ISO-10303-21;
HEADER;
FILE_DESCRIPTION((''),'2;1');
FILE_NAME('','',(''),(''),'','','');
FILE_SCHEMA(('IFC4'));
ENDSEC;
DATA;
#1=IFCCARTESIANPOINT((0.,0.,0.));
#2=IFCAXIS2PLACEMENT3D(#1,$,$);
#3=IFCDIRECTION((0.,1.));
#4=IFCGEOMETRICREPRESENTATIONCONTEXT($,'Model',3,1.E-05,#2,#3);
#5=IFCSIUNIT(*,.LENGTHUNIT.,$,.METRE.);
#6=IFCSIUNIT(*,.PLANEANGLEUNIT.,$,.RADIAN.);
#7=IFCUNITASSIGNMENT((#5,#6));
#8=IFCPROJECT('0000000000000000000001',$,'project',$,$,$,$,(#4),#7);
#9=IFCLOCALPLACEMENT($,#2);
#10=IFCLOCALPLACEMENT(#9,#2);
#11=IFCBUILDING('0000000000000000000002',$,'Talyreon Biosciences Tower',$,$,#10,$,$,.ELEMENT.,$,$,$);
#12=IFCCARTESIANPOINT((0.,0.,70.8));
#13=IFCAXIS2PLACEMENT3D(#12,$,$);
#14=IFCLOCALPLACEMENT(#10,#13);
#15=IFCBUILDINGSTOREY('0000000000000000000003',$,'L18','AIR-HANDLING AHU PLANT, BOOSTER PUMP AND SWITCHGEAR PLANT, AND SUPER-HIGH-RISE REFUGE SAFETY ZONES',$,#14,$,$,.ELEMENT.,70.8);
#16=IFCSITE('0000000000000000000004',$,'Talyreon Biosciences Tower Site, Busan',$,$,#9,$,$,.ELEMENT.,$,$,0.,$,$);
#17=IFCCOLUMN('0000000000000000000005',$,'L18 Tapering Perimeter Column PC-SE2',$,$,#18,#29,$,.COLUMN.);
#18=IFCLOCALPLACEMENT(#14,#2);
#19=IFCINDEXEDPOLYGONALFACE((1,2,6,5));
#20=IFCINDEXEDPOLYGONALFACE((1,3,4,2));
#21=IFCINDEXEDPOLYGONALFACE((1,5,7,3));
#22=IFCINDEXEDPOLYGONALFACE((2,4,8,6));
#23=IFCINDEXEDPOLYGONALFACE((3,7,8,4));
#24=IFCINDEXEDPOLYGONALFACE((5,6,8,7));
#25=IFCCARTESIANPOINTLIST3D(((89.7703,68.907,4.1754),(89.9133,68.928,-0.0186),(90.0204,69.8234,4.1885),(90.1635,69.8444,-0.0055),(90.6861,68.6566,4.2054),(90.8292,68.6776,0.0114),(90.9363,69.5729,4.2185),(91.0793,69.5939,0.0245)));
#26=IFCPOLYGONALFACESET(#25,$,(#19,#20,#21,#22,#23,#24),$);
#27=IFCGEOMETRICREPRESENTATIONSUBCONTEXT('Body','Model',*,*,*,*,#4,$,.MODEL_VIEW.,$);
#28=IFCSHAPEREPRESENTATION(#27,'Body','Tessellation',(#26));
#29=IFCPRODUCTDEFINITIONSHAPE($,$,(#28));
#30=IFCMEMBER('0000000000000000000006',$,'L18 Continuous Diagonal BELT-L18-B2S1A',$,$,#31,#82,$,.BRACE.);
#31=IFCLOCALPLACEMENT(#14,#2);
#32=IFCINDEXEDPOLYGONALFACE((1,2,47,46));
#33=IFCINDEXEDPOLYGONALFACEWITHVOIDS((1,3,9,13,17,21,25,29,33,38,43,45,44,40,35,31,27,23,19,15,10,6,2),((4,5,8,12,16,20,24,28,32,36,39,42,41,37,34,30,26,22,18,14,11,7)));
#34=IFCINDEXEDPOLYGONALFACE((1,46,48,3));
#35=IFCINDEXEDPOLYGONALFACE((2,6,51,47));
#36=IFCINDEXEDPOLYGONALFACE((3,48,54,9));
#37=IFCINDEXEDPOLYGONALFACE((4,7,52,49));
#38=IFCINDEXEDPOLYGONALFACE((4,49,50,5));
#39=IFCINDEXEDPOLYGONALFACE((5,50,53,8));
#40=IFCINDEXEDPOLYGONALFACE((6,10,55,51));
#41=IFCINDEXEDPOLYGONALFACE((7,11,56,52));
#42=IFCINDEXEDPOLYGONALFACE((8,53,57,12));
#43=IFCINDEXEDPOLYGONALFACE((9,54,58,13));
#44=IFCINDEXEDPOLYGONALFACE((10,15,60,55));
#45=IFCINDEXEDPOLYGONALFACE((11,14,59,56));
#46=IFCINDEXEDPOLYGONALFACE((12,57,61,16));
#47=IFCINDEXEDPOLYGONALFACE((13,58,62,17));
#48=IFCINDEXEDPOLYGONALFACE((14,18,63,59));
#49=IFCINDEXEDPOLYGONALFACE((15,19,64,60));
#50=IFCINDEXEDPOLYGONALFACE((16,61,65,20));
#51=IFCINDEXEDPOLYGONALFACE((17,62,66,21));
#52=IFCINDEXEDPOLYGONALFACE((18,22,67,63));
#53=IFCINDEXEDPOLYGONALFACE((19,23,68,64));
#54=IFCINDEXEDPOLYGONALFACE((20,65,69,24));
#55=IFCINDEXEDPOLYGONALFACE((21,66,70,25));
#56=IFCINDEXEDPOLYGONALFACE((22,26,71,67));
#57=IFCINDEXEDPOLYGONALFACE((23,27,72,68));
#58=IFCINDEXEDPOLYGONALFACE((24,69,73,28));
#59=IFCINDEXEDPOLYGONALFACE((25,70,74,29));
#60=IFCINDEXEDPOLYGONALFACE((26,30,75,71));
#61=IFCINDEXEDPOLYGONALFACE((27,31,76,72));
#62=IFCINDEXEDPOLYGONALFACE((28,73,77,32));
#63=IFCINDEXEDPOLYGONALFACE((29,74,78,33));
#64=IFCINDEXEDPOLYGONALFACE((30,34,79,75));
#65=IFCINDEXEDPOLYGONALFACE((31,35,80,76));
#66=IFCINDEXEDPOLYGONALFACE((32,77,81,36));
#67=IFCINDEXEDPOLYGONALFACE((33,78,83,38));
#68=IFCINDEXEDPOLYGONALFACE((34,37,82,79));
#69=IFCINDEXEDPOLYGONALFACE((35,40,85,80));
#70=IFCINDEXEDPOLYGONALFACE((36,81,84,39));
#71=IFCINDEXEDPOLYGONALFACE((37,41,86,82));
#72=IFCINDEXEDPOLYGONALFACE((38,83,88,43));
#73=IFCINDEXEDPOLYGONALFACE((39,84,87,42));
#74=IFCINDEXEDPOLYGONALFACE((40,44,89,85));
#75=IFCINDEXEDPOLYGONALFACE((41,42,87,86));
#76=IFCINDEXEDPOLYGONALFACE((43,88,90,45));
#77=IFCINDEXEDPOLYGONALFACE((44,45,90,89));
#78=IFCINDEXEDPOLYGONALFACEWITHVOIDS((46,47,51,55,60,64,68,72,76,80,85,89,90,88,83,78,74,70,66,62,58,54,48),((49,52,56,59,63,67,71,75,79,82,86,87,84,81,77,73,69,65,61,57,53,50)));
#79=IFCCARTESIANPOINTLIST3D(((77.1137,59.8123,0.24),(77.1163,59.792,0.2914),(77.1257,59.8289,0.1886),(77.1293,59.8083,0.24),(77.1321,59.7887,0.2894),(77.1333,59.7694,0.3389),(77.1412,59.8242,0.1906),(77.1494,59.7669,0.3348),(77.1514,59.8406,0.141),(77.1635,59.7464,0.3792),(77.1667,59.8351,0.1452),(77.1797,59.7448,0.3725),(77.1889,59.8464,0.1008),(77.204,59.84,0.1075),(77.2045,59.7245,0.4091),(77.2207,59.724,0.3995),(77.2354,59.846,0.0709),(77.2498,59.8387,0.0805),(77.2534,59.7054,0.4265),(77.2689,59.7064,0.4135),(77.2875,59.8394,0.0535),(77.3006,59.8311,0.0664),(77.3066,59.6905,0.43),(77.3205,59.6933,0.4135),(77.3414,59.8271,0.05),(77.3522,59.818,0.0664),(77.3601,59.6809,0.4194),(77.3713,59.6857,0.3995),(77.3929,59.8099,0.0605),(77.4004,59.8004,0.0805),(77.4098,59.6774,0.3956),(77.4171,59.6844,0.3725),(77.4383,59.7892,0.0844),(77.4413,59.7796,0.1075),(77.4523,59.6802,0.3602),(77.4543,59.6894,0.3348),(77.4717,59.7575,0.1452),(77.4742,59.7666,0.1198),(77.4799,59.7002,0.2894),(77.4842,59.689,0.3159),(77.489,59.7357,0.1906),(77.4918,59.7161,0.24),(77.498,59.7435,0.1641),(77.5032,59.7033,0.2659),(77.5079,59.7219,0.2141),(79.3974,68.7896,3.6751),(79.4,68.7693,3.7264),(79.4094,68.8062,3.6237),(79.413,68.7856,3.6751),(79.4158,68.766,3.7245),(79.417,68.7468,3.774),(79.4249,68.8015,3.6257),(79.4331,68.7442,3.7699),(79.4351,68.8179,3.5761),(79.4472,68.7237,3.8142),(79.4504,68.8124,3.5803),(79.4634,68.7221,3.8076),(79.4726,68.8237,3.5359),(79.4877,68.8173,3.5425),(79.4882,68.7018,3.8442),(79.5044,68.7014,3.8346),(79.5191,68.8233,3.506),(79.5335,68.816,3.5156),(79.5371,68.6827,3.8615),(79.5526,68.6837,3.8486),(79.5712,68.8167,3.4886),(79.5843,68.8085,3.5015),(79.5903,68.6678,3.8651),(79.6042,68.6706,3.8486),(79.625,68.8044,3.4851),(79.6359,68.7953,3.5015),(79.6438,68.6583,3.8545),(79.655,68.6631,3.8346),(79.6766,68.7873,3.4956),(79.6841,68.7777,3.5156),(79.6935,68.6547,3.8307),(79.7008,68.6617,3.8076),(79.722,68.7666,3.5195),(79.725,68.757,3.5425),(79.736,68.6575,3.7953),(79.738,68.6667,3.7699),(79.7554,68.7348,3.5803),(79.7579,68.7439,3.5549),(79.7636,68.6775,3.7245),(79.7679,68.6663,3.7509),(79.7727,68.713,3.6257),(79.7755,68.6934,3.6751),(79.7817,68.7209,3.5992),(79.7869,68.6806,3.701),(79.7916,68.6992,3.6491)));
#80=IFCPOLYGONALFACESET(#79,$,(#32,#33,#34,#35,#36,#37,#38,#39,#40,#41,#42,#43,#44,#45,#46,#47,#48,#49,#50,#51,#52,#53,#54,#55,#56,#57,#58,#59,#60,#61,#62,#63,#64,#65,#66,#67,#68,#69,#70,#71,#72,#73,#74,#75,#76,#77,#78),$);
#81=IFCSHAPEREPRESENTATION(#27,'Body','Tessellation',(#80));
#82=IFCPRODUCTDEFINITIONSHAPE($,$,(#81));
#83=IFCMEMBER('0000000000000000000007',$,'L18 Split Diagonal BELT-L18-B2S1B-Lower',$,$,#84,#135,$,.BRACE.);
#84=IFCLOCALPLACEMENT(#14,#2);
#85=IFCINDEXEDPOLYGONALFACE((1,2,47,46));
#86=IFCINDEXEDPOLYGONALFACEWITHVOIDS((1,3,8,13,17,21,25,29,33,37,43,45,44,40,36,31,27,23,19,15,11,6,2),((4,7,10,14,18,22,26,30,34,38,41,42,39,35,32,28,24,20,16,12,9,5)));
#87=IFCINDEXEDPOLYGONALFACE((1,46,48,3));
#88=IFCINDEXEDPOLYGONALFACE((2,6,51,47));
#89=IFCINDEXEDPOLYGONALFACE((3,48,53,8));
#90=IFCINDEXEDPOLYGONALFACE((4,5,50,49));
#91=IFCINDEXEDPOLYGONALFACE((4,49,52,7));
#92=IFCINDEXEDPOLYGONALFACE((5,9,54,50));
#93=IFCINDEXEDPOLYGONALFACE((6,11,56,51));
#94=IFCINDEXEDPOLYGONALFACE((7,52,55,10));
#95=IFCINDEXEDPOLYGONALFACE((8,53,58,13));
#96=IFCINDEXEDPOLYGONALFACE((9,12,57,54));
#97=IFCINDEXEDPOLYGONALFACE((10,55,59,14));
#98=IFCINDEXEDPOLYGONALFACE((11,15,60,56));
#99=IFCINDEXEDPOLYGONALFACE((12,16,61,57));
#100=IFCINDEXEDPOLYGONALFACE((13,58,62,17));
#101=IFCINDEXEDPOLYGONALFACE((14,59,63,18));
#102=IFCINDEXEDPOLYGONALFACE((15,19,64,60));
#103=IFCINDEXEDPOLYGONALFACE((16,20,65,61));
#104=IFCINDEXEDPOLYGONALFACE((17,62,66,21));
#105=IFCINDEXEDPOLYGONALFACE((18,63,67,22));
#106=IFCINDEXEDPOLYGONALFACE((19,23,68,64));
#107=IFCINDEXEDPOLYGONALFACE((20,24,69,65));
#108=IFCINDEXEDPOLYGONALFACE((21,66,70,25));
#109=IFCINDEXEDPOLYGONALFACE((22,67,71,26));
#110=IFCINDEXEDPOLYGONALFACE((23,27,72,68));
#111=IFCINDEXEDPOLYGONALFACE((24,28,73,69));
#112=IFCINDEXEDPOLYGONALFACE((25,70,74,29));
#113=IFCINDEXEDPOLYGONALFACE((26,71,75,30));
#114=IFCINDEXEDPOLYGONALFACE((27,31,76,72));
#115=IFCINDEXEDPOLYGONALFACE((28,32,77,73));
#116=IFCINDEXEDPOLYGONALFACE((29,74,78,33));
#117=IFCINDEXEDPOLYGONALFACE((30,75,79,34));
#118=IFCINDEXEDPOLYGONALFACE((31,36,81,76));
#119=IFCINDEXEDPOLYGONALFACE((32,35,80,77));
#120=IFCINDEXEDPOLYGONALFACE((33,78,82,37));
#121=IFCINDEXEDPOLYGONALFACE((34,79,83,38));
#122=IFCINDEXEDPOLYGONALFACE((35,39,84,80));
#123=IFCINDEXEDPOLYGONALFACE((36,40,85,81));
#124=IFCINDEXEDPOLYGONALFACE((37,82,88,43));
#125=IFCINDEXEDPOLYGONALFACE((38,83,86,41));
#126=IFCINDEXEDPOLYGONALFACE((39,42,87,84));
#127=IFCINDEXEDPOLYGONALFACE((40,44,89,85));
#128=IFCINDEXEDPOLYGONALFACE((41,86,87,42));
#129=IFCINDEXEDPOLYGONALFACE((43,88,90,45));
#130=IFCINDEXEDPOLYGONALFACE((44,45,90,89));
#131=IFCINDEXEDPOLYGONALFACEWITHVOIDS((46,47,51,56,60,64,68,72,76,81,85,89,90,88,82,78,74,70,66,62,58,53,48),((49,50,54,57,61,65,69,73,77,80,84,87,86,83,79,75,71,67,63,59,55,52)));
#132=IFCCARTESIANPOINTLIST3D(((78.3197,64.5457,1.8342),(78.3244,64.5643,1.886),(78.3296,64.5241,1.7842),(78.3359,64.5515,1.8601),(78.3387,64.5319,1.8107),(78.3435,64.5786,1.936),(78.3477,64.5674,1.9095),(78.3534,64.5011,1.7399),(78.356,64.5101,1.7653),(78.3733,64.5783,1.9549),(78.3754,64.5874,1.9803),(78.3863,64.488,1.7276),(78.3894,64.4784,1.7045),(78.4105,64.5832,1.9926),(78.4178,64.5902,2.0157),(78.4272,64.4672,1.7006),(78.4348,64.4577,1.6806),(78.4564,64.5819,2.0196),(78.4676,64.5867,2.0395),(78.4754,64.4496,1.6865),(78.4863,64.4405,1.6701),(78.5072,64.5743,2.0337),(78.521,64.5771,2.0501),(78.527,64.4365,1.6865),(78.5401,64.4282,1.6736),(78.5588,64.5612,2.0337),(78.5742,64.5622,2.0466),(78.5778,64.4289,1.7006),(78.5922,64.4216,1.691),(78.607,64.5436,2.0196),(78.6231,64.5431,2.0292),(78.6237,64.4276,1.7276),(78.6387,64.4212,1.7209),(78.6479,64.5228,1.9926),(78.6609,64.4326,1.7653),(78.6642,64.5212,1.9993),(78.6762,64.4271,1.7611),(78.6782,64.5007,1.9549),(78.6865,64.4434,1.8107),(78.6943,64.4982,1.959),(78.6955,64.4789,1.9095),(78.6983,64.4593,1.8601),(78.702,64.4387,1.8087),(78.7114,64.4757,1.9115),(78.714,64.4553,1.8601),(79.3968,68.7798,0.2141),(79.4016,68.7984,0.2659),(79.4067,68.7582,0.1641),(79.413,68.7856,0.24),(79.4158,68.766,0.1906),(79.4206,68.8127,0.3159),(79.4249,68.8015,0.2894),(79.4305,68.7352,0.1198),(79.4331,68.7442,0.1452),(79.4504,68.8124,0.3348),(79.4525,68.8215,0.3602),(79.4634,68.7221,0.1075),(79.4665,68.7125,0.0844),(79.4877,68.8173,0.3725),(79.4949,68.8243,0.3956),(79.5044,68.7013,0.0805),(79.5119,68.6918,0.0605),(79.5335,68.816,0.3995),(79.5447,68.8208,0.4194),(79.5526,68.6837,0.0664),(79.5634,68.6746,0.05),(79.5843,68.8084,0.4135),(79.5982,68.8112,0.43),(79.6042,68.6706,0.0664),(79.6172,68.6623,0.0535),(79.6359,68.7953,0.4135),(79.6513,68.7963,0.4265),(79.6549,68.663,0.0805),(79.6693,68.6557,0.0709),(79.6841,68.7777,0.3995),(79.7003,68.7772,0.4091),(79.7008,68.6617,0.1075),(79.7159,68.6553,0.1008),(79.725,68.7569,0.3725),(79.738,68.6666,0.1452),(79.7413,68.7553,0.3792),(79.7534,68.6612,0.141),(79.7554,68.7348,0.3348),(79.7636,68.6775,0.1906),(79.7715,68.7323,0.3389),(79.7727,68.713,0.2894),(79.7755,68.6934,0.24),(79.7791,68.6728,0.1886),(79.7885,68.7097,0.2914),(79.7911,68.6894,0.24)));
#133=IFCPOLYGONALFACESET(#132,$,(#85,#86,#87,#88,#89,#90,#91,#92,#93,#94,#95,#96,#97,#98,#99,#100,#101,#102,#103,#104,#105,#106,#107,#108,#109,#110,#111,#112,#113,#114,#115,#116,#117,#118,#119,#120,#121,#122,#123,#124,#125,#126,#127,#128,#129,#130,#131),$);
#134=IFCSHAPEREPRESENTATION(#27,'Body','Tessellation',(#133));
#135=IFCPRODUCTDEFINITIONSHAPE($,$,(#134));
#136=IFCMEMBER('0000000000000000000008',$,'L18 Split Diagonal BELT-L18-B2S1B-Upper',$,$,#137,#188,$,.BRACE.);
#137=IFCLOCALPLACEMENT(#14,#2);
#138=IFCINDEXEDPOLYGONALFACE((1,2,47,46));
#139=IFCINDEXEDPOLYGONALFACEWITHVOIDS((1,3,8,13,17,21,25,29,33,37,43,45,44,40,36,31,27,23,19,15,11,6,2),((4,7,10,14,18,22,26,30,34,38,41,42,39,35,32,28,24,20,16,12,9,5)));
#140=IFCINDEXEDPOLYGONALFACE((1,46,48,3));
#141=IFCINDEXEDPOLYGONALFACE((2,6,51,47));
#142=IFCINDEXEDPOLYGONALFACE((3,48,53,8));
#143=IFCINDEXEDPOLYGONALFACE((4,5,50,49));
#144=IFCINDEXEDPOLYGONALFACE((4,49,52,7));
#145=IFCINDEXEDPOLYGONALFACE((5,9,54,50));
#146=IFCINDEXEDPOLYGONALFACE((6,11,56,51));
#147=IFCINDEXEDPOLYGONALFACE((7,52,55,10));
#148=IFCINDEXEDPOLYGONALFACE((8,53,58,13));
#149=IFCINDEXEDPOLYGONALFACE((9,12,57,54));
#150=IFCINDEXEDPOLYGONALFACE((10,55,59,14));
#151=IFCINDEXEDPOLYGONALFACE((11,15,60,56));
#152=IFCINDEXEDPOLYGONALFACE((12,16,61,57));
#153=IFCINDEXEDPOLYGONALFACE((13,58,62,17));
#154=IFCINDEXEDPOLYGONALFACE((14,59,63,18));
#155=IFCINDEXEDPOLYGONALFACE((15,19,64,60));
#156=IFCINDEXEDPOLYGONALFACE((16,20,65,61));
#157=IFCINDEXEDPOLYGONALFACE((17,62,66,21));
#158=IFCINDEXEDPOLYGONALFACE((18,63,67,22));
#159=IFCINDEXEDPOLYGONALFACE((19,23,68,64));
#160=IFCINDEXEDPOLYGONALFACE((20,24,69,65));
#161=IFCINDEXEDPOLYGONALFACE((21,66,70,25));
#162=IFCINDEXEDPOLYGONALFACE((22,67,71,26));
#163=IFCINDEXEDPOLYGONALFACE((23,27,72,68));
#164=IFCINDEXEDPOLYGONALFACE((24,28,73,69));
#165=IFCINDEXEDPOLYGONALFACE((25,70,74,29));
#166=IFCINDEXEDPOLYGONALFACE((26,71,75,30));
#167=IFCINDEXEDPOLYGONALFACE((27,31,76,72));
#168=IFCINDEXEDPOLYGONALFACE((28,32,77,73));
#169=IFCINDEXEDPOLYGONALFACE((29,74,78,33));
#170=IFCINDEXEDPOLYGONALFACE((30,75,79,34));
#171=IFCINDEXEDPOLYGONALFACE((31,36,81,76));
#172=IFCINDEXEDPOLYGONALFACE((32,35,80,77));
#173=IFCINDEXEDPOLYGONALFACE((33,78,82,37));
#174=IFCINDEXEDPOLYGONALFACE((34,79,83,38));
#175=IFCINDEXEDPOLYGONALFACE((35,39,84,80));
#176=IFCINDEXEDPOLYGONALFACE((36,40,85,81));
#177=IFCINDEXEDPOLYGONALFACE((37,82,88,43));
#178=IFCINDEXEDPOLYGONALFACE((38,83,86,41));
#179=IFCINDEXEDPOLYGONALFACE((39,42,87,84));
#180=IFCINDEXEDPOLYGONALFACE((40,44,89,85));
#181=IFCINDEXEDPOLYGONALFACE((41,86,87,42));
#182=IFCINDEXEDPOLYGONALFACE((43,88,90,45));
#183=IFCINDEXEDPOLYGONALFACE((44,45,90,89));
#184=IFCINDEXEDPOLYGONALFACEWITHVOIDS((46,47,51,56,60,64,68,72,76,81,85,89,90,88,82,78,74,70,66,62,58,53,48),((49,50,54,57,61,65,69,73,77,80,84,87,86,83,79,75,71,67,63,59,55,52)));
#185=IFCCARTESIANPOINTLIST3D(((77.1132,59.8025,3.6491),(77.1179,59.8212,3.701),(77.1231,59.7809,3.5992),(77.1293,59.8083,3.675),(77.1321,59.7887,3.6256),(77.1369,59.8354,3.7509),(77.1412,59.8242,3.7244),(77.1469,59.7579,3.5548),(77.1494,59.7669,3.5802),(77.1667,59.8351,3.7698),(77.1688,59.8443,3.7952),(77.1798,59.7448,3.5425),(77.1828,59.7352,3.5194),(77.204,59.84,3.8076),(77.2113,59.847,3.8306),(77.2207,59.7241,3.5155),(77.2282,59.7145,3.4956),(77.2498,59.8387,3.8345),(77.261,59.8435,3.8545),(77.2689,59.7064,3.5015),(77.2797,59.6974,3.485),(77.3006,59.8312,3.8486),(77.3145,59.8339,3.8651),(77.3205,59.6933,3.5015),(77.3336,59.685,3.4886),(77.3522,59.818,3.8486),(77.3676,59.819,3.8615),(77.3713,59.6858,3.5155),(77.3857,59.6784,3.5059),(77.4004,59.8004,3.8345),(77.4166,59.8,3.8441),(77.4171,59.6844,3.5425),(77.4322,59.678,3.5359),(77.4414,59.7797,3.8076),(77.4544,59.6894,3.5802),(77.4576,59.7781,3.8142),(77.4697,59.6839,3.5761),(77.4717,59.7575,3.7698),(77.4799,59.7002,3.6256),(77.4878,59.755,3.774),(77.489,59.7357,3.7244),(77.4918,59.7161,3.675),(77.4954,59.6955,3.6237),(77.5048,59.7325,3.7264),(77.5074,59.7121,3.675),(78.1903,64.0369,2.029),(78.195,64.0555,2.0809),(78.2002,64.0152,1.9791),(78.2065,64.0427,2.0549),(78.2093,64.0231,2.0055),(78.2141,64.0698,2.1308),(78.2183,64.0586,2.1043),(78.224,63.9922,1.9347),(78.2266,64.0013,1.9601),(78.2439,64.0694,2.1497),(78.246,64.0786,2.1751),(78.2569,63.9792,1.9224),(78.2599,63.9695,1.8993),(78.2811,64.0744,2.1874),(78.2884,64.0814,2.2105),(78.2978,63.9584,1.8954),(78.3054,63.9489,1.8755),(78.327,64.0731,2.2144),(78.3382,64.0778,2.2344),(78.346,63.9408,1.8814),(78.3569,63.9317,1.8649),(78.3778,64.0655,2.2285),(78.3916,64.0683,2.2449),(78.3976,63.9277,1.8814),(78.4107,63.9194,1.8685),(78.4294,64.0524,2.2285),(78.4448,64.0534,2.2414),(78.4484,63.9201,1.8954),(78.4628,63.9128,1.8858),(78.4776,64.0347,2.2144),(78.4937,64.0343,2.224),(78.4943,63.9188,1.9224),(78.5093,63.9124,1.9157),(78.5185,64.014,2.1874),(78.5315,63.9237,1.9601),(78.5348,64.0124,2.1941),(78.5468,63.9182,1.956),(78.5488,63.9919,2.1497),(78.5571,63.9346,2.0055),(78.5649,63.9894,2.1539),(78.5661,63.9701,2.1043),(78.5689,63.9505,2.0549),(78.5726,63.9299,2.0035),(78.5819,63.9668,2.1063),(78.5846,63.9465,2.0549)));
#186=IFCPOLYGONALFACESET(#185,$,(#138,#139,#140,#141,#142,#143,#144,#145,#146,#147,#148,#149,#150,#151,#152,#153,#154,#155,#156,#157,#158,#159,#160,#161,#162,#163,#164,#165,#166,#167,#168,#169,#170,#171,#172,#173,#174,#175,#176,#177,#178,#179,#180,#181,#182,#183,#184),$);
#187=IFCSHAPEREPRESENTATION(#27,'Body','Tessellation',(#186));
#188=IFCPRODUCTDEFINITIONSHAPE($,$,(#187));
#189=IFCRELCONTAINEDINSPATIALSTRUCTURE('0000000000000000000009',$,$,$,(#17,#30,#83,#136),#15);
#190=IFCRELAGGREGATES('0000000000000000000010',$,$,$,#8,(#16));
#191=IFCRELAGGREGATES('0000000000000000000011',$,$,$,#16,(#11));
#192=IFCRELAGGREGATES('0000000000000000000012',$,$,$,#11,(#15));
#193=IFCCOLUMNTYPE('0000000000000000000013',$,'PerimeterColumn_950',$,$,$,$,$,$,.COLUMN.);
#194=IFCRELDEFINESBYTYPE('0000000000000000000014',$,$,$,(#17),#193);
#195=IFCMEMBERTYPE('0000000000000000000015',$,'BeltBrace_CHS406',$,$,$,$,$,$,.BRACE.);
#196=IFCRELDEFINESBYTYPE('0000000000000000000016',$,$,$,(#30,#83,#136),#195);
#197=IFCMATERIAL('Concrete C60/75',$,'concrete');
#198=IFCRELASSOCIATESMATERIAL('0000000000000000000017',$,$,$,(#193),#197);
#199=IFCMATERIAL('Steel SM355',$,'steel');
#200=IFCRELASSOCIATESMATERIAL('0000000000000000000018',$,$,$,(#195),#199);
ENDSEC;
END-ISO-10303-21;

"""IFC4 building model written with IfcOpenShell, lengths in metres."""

from ifc_helpers import new_model, si_unit, direction, frame, origin, origin_2d, place, context, subcontext, project, spatial, rectangle, hollow_circle, extrude, material, material_profile, profile_set, type_object, element, save


model = new_model("IFC4")

# Units and contexts
model_context = context("Model", 3, precision=1e-05, world=origin(), true_north=direction((0.0, 1.0)))
body_context = subcontext(model_context, "Body", "Model", "MODEL_VIEW")
ifc_project = project(units=[si_unit("LENGTHUNIT", "METRE"), si_unit("PLANEANGLEUNIT", "RADIAN")], contexts=[model_context])

# Site, building, storey
site_placement = place(None, origin())
site = spatial("IfcSite", under=ifc_project, at=site_placement, Name="Talyreon Biosciences Tower Site, Busan", CompositionType="ELEMENT", RefElevation=0.0)
building_placement = place(site_placement, origin())
building = spatial("IfcBuilding", under=site, at=building_placement, Name="Talyreon Biosciences Tower", CompositionType="ELEMENT")
storey_placement = place(building_placement, frame((0.0, 0.0, 70.8)))
storey = spatial("IfcBuildingStorey", under=building, at=storey_placement, Name="L18", Description="AIR-HANDLING AHU PLANT, BOOSTER PUMP AND SWITCHGEAR PLANT, AND SUPER-HIGH-RISE REFUGE SAFETY ZONES", CompositionType="ELEMENT", Elevation=70.8)

# Column
ifc_material_1 = material(Name="Concrete C60/75", Category="concrete")
ifc_material_profile_1 = material_profile(ifc_material_1, rectangle(XDim=0.95, YDim=0.95, at=origin_2d()), Name="RC 950x950")
ifc_profile_set_1 = profile_set([ifc_material_profile_1], Name="Concrete C60/75")
column_type = type_object("IfcColumnType", Name="PerimeterColumn_950", PredefinedType="COLUMN", material=ifc_profile_set_1)
column_placement = place(storey_placement, frame((90.4963, 69.261, 0.0029), z_axis=(-0.034091, -0.005003, 0.999406), x_axis=(0.964107, -0.263632, 0.031567)))
element("IfcColumn", 1, at=column_placement, inside=storey, type_object=column_type, Name="L18 Tapering Perimeter Column PC-SE2", PredefinedType="COLUMN", context=body_context, shape_type="SweptSolid", body=[
    extrude(rectangle(XDim=0.95, YDim=0.95, at=origin_2d()), origin(), (0.0, 0.0, 1.0), 4.1965),
])

# Members
ifc_material_2 = material(Name="Steel SM355", Category="steel")
ifc_material_profile_2 = material_profile(ifc_material_2, hollow_circle(Radius=0.2031, WallThickness=0.0161, at=origin_2d()), Name="CHS 406.4x16")
ifc_profile_set_2 = profile_set([ifc_material_profile_2], Name="Steel SM355")
member_type_1 = type_object("IfcMemberType", Name="BeltBrace_CHS406", PredefinedType="BRACE", material=ifc_profile_set_2)
member_1_placement = place(storey_placement, frame((77.3105, 59.7622, 0.24), z_axis=(0.231152, 0.908669, 0.347692), x_axis=(-0.969134, 0.246533, 0.0)))
element("IfcMember", 2, at=member_1_placement, inside=storey, type_object=member_type_1, Name="L18 Continuous Diagonal BELT-L18-B2S1A", PredefinedType="BRACE", context=body_context, shape_type="SweptSolid", body=[
    extrude(hollow_circle(Radius=0.2031, WallThickness=0.0161, at=origin_2d()), origin(), (0.0, 0.0, 1.0), 9.8796),
])
member_2_placement = place(storey_placement, frame((79.5942, 68.7395, 0.24), z_axis=(-0.231162, -0.908668, 0.347686), x_axis=(0.969132, -0.246544, 0.0)))
element("IfcMember", 3, at=member_2_placement, inside=storey, type_object=member_type_1, Name="L18 Split Diagonal BELT-L18-B2S1B-Lower", PredefinedType="BRACE", context=body_context, shape_type="SweptSolid", body=[
    extrude(hollow_circle(Radius=0.2031, WallThickness=0.0161, at=origin_2d()), origin(), (0.0, 0.0, 1.0), 4.6597),
])
member_3_placement = place(storey_placement, frame((78.3877, 63.9966, 2.0549), z_axis=(-0.231151, -0.908678, 0.34767), x_axis=(0.969135, -0.24653, 0.0)))
element("IfcMember", 4, at=member_3_placement, inside=storey, type_object=member_type_1, Name="L18 Split Diagonal BELT-L18-B2S1B-Upper", PredefinedType="BRACE", context=body_context, shape_type="SweptSolid", body=[
    extrude(hollow_circle(Radius=0.2031, WallThickness=0.0161, at=origin_2d()), origin(), (0.0, 0.0, 1.0), 4.6599),
])

save(model, "model.ifc")
